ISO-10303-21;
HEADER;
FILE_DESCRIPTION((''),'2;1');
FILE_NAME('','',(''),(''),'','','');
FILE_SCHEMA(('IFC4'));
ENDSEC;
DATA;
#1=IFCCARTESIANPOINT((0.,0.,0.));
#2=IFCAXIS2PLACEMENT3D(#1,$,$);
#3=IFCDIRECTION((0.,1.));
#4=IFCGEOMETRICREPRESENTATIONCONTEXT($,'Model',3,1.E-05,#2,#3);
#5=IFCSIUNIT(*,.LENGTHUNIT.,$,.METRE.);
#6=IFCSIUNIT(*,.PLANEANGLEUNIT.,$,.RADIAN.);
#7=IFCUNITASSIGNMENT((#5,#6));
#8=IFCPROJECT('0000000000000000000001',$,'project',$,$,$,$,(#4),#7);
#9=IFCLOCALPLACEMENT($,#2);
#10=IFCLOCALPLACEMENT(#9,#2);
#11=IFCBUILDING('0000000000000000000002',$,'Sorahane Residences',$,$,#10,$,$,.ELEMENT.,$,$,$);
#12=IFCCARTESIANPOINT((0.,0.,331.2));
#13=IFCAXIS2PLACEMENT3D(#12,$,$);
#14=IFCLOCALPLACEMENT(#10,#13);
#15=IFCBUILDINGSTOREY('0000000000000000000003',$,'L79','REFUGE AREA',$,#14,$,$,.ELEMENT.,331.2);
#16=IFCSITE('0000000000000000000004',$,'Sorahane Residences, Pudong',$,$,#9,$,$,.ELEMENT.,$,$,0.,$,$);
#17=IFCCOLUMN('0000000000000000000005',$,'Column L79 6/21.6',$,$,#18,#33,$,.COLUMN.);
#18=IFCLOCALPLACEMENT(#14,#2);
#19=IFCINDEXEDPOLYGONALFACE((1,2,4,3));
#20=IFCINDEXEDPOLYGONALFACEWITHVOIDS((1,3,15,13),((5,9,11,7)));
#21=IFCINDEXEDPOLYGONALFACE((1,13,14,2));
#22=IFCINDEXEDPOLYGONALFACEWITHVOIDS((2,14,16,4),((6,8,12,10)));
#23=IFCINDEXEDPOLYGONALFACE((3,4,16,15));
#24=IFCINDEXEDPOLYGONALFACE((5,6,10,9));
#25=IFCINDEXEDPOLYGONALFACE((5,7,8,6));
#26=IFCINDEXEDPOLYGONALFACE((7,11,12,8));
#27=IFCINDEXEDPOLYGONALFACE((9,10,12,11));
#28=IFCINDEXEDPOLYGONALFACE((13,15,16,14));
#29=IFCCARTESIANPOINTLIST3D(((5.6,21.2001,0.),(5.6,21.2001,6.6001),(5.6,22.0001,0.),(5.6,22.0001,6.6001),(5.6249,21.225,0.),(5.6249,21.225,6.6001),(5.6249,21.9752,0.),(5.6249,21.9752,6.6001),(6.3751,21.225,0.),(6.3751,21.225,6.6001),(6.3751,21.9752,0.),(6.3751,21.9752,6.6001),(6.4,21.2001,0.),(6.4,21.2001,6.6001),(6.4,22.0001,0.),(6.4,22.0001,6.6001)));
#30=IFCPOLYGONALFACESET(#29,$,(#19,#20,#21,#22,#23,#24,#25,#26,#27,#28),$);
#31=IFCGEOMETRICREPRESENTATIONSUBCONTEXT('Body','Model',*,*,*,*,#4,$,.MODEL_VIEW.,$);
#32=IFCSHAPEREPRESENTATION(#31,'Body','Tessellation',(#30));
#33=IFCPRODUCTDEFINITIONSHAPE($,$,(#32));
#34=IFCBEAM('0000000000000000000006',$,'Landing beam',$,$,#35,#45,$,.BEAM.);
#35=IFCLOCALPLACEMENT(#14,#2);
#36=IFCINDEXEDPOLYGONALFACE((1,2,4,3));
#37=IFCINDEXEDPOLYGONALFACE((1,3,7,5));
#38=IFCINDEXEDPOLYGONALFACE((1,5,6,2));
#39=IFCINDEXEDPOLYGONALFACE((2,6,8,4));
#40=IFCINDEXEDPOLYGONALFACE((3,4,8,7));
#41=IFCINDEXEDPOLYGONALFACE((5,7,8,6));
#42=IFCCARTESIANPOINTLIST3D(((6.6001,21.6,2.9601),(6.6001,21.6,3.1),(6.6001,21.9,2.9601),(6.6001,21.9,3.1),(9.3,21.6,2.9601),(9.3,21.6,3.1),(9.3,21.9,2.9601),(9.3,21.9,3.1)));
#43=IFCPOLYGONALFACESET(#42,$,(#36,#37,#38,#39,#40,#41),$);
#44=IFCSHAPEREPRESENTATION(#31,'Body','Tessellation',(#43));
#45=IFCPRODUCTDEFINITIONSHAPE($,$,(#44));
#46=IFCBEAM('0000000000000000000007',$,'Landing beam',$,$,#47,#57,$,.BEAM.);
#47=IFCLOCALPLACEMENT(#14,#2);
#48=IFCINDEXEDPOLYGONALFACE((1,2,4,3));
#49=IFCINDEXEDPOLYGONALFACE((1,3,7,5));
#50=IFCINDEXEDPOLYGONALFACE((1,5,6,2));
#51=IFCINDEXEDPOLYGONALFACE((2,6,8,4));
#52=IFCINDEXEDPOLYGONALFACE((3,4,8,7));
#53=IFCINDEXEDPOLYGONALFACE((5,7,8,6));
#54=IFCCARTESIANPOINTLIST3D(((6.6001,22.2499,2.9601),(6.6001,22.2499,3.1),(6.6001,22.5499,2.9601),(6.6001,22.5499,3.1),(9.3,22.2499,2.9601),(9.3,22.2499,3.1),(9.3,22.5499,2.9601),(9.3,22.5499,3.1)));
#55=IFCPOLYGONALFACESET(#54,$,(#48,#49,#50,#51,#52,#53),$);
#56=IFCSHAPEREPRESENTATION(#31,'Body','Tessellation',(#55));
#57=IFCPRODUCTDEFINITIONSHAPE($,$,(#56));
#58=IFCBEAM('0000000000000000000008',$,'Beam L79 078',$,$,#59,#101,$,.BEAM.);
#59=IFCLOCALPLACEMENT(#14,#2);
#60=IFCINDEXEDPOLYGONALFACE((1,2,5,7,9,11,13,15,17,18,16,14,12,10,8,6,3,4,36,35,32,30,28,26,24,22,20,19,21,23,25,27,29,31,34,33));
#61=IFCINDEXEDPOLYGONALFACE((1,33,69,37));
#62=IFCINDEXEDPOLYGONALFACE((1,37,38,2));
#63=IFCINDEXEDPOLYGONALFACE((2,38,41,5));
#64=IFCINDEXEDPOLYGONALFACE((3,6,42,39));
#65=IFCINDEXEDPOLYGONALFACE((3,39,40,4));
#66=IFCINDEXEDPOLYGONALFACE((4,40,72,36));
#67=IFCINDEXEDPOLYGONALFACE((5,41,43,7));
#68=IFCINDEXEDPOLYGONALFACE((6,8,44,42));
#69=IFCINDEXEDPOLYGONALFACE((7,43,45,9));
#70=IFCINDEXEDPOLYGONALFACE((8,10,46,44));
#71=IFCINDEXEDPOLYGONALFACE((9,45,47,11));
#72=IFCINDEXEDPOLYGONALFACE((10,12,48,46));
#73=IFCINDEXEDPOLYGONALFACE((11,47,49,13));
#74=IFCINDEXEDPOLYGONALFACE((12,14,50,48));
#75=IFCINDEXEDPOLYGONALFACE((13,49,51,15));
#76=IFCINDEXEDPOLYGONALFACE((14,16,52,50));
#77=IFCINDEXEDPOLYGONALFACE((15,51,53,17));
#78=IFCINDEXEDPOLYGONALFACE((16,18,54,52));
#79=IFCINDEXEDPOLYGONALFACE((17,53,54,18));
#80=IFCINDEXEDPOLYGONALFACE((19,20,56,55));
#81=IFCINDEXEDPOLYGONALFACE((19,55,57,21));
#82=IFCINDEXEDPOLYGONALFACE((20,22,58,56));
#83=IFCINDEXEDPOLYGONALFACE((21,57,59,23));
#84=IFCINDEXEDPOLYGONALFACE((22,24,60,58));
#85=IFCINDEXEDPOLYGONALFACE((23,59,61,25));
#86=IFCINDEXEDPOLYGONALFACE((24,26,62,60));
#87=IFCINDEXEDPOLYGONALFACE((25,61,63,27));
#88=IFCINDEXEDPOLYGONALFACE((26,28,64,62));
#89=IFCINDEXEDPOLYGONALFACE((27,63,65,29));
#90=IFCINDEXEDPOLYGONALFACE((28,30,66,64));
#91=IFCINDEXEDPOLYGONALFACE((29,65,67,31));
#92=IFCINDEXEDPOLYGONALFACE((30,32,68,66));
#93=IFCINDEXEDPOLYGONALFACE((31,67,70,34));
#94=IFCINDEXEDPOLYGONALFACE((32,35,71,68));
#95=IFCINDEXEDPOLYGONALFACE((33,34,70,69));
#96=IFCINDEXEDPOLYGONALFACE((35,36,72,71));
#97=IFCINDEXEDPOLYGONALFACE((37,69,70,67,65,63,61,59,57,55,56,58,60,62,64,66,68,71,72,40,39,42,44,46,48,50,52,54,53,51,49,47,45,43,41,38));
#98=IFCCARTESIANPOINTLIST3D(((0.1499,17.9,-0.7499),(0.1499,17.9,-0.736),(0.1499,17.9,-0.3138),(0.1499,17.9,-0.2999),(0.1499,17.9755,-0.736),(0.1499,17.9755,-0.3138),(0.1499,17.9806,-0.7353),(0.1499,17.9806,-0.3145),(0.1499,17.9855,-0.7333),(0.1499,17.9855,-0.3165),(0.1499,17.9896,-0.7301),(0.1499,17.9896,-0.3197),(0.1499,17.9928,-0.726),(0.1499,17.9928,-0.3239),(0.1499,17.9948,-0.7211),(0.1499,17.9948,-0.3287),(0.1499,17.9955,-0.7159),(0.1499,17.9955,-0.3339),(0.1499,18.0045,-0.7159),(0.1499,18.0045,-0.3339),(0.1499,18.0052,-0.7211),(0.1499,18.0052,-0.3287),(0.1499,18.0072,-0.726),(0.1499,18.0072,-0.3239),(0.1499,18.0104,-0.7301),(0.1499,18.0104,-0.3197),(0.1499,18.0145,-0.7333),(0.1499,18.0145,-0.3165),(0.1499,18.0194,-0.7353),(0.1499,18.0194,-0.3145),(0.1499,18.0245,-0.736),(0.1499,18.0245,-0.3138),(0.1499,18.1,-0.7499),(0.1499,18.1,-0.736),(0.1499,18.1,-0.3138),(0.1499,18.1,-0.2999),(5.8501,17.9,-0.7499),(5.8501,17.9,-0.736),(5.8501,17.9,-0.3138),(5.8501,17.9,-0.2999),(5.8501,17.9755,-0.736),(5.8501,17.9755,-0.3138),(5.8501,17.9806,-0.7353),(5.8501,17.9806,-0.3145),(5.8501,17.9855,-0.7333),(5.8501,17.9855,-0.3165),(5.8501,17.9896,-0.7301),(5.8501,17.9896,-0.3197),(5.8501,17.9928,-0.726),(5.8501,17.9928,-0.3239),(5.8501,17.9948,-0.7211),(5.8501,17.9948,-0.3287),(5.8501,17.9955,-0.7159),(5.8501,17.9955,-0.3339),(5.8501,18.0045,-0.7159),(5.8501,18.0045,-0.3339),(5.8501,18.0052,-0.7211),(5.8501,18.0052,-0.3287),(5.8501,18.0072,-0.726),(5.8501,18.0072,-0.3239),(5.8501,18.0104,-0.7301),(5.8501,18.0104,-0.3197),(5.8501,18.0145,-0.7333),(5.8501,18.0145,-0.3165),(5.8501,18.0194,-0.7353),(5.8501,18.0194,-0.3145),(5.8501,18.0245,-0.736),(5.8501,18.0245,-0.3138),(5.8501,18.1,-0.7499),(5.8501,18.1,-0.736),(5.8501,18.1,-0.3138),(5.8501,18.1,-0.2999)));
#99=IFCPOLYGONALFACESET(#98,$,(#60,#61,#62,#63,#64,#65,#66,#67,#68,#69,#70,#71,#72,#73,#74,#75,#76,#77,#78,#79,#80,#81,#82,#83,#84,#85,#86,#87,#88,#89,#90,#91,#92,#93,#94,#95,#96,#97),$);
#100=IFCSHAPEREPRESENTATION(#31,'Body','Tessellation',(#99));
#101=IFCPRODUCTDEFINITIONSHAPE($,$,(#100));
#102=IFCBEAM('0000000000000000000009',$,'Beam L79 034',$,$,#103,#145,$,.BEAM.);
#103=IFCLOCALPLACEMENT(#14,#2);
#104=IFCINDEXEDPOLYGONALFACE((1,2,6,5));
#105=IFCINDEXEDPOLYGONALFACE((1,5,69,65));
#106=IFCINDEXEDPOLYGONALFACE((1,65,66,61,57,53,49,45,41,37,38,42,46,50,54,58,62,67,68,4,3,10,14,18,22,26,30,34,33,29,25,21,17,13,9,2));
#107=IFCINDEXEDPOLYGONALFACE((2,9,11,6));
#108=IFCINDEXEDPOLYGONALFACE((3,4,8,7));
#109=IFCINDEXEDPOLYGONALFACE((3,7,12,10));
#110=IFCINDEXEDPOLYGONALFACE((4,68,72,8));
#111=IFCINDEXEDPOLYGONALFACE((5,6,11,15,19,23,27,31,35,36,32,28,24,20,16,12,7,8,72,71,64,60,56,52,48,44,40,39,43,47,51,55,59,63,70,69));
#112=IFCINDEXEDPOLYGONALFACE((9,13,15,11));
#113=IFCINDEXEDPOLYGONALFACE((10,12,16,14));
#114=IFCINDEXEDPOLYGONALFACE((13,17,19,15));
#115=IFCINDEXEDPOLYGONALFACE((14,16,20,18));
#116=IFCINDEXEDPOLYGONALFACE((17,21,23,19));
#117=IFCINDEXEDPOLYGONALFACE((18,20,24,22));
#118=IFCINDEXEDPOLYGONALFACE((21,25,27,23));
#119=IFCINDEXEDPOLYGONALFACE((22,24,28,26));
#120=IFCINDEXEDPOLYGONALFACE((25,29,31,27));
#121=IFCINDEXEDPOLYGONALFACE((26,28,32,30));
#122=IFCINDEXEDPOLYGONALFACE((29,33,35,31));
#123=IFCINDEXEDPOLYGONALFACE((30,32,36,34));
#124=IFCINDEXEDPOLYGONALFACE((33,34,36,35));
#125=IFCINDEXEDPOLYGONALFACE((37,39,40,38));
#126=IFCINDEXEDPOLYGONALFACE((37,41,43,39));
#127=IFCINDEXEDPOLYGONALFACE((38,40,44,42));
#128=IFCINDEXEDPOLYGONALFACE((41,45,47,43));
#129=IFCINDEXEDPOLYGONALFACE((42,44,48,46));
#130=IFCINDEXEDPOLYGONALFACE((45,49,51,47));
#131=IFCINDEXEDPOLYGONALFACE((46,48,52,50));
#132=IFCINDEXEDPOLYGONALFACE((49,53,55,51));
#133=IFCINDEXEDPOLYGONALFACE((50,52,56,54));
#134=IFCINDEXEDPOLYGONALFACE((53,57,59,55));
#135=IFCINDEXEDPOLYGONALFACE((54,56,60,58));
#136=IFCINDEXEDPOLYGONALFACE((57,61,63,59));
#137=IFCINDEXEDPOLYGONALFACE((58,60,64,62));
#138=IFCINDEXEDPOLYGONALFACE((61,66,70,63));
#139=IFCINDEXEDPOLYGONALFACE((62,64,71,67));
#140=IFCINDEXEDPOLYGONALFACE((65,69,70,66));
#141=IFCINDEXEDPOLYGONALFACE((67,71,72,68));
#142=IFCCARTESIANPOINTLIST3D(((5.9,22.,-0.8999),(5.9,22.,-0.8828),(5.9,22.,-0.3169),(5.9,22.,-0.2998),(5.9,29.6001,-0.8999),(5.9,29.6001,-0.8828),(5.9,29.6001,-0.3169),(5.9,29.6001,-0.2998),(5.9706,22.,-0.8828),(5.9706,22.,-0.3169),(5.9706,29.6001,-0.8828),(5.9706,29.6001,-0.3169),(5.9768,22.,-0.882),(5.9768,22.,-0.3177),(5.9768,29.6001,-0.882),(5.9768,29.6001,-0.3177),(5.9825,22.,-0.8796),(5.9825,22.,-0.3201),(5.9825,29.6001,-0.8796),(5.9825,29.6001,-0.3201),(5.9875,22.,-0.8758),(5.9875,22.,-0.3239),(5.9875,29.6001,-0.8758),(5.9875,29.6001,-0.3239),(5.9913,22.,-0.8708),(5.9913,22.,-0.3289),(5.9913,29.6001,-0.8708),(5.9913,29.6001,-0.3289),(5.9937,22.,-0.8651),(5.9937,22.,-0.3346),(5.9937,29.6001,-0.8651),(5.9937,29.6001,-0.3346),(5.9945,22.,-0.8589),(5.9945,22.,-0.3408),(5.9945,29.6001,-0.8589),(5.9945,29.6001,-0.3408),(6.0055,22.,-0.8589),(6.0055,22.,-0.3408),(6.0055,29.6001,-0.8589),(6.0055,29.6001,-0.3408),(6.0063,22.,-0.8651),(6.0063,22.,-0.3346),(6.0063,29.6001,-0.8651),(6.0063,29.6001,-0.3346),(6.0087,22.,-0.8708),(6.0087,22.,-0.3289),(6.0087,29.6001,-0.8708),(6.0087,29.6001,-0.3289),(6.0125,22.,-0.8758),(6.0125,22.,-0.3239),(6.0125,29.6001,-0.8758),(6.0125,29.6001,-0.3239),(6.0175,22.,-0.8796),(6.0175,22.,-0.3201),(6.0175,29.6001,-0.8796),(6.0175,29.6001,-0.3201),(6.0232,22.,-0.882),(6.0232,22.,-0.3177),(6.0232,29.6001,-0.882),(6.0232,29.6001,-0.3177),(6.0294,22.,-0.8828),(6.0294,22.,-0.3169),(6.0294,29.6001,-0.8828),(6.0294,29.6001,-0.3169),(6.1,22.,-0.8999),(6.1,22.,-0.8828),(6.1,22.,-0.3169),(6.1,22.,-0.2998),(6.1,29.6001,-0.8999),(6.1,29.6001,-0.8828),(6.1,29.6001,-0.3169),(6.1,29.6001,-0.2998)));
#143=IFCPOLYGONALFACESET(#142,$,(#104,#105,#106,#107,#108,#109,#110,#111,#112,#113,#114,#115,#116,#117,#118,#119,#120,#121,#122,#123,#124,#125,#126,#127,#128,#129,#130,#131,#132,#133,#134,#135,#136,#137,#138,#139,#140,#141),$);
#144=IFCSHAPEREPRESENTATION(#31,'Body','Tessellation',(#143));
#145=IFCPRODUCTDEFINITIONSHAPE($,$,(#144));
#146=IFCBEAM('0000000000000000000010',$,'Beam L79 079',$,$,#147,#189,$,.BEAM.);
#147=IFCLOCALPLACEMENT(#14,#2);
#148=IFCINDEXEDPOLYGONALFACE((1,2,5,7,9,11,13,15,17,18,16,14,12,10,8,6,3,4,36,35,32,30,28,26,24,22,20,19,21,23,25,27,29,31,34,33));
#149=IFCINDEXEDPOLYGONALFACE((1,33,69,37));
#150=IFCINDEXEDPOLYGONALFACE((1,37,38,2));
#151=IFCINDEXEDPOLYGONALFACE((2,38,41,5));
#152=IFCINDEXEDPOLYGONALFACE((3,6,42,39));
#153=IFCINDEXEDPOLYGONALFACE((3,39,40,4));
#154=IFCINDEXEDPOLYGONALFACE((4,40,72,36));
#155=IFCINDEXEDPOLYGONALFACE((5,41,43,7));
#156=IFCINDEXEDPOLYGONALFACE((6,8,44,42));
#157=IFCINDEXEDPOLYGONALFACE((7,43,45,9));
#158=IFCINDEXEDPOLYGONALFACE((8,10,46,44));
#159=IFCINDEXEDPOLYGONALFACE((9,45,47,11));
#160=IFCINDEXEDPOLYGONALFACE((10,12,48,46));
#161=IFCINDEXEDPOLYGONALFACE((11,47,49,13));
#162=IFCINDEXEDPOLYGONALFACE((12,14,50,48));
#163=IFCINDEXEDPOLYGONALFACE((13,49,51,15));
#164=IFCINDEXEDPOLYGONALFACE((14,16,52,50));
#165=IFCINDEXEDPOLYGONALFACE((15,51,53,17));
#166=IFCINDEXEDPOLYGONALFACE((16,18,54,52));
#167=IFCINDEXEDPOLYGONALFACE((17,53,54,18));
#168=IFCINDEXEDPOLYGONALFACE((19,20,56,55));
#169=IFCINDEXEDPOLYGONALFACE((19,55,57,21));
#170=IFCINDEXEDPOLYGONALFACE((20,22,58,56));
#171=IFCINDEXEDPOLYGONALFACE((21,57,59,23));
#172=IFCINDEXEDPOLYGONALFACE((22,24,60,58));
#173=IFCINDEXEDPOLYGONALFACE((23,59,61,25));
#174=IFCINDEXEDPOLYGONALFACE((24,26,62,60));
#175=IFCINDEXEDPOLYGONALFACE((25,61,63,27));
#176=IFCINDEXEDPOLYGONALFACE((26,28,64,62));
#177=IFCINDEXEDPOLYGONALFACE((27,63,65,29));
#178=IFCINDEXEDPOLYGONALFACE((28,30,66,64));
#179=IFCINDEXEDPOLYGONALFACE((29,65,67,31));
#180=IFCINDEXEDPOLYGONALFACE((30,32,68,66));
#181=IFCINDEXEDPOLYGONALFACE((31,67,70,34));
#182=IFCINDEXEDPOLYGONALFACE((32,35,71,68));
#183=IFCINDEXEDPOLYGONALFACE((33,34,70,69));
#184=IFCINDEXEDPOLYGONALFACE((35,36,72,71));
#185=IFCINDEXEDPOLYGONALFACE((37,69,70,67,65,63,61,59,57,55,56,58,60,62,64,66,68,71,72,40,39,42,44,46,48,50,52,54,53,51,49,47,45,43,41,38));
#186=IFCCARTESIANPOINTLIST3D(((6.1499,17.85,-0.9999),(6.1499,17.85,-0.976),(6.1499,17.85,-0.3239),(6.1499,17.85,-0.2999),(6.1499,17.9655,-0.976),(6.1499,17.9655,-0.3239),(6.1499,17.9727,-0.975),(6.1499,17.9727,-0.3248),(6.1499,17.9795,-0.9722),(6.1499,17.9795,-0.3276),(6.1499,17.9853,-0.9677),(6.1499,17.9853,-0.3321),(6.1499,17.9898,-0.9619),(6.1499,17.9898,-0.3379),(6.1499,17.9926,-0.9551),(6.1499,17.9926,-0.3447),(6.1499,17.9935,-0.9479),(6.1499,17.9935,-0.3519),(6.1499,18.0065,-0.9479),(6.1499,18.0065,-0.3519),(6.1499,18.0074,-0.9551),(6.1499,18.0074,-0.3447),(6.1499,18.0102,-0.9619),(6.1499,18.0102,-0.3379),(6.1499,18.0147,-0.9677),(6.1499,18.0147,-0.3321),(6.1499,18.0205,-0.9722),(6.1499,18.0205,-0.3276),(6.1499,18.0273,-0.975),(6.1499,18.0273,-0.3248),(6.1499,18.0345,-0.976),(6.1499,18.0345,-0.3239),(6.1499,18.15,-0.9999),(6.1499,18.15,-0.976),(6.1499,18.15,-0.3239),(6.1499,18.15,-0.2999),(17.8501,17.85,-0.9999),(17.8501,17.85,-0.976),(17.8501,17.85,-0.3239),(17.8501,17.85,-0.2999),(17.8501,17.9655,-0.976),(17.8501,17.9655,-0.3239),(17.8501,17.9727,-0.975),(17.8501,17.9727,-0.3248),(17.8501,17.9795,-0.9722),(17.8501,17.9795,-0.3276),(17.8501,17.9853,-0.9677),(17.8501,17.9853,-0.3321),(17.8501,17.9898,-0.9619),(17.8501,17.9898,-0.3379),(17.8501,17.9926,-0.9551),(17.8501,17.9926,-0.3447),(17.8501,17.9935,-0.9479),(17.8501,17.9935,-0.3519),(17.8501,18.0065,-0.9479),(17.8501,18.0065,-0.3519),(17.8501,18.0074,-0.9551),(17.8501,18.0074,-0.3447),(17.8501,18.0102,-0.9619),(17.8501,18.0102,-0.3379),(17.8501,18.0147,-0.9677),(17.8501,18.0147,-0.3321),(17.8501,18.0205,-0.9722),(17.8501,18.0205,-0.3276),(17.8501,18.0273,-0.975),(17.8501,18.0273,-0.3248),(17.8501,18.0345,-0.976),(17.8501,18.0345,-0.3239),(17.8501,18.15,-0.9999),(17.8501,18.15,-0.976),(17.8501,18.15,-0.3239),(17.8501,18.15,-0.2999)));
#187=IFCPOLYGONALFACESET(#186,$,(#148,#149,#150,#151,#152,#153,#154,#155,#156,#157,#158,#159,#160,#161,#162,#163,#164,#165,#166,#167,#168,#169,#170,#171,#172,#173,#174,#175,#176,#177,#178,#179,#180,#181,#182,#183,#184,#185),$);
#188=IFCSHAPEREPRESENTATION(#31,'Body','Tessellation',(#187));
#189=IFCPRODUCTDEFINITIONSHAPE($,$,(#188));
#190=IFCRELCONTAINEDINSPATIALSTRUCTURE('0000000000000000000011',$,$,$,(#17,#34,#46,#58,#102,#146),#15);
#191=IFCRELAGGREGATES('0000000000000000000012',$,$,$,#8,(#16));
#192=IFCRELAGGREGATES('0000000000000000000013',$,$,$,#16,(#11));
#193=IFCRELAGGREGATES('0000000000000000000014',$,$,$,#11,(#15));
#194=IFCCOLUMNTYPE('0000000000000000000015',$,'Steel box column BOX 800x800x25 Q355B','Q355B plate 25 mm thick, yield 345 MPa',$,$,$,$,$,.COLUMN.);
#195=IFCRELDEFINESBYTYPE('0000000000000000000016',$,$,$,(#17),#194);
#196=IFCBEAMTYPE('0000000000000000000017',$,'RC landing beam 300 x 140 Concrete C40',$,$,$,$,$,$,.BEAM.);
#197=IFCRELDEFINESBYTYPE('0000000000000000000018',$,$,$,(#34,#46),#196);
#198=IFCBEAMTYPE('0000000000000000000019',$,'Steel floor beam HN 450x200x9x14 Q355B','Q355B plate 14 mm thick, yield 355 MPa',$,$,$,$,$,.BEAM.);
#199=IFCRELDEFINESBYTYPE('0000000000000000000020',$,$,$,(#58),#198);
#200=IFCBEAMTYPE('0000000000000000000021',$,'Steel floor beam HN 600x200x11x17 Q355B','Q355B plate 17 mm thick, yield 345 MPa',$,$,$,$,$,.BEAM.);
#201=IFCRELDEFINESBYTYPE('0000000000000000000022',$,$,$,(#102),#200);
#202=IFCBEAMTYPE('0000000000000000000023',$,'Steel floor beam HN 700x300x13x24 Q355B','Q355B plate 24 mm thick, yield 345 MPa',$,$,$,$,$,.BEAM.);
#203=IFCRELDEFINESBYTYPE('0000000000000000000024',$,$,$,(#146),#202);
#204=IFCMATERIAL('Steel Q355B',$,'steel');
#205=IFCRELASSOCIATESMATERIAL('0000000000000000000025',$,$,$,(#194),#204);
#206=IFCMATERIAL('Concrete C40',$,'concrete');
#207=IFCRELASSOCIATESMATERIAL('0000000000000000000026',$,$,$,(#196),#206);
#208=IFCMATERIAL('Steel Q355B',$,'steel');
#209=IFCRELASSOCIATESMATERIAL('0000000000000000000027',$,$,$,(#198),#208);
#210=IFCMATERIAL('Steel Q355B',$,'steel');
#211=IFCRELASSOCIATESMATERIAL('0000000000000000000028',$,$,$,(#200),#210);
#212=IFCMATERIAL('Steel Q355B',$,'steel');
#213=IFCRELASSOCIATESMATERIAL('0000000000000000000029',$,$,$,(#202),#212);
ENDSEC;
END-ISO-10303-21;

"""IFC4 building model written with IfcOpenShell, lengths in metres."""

from ifc_helpers import new_model, si_unit, direction, frame, origin, origin_2d, place, context, subcontext, project, spatial, rectangle, hollow_rectangle, i_section, extrude, material, material_profile, profile_set, type_object, element, save


model = new_model("IFC4")

# Units and contexts
model_context = context("Model", 3, precision=1e-05, world=origin(), true_north=direction((0.0, 1.0)))
body_context = subcontext(model_context, "Body", "Model", "MODEL_VIEW")
ifc_project = project(units=[si_unit("LENGTHUNIT", "METRE"), si_unit("PLANEANGLEUNIT", "RADIAN")], contexts=[model_context])

# Site, building, storey
site_placement = place(None, origin())
site = spatial("IfcSite", under=ifc_project, at=site_placement, Name="Sorahane Residences, Pudong", CompositionType="ELEMENT", RefElevation=0.0)
building_placement = place(site_placement, origin())
building = spatial("IfcBuilding", under=site, at=building_placement, Name="Sorahane Residences", CompositionType="ELEMENT")
storey_placement = place(building_placement, frame((0.0, 0.0, 331.2)))
storey = spatial("IfcBuildingStorey", under=building, at=storey_placement, Name="L79", Description="REFUGE AREA", CompositionType="ELEMENT", Elevation=331.2)

# Column
ifc_material_1 = material(Name="Steel Q355B", Category="steel")
ifc_material_profile_1 = material_profile(ifc_material_1, hollow_rectangle(XDim=0.8, YDim=0.8, WallThickness=0.0249, at=origin_2d()), Name="BOX 800x800x25")
ifc_profile_set_1 = profile_set([ifc_material_profile_1], Name="Steel Q355B")
column_type = type_object("IfcColumnType", Name="Steel box column BOX 800x800x25 Q355B", Description="Q355B plate 25 mm thick, yield 345 MPa", PredefinedType="COLUMN", material=ifc_profile_set_1)
column_placement = place(storey_placement, frame((6.0, 21.6001, 0.0), z_axis=(0.0, 0.0, 1.0), x_axis=(1.0, 0.0, 0.0)))
element("IfcColumn", 1, at=column_placement, inside=storey, type_object=column_type, Name="Column L79 6/21.6", PredefinedType="COLUMN", context=body_context, shape_type="SweptSolid", body=[
    extrude(hollow_rectangle(XDim=0.8, YDim=0.8, WallThickness=0.0249, at=origin_2d()), origin(), (0.0, 0.0, 1.0), 6.6001),
])

# Beams
ifc_material_2 = material(Name="Concrete C40", Category="concrete")
ifc_material_profile_2 = material_profile(ifc_material_2, rectangle(XDim=0.3, YDim=0.1399, at=origin_2d()), Name="300x140")
ifc_profile_set_2 = profile_set([ifc_material_profile_2], Name="Concrete C40")
beam_type_1 = type_object("IfcBeamType", Name="RC landing beam 300 x 140 Concrete C40", PredefinedType="BEAM", material=ifc_profile_set_2)
for number, where, z_axis, x_axis, name in (
    (2, (6.6001, 21.75, 3.03), (1.0, 0.0, 0.0), (0.0, 1.0, 0.0), "Landing beam"),
    (3, (6.6001, 22.3999, 3.03), (1.0, 0.0, 0.0), (0.0, 1.0, 0.0), "Landing beam"),
):
    element("IfcBeam", number, at=place(storey_placement, frame(where, z_axis=z_axis, x_axis=x_axis)), inside=storey, type_object=beam_type_1, Name=name, PredefinedType="BEAM", context=body_context, shape_type="SweptSolid", body=[
        extrude(rectangle(XDim=0.3, YDim=0.1399, at=origin_2d()), origin(), (0.0, 0.0, 1.0), 2.7),
    ])
ifc_material_3 = material(Name="Steel Q355B", Category="steel")
ifc_material_profile_3 = material_profile(ifc_material_3, i_section(OverallWidth=0.2, OverallDepth=0.45, WebThickness=0.009, FlangeThickness=0.0139, FilletRadius=0.02, at=origin_2d()), Name="HN 450x200x9x14")
ifc_profile_set_3 = profile_set([ifc_material_profile_3], Name="Steel Q355B")
beam_type_2 = type_object("IfcBeamType", Name="Steel floor beam HN 450x200x9x14 Q355B", Description="Q355B plate 14 mm thick, yield 355 MPa", PredefinedType="BEAM", material=ifc_profile_set_3)
beam_1_placement = place(storey_placement, frame((0.1499, 18.0, -0.5249), z_axis=(1.0, 0.0, 0.0), x_axis=(0.0, 1.0, 0.0)))
element("IfcBeam", 4, at=beam_1_placement, inside=storey, type_object=beam_type_2, Name="Beam L79 078", PredefinedType="BEAM", context=body_context, shape_type="SweptSolid", body=[
    extrude(i_section(OverallWidth=0.2, OverallDepth=0.45, WebThickness=0.009, FlangeThickness=0.0139, FilletRadius=0.02, at=origin_2d()), origin(), (0.0, 0.0, 1.0), 5.7002),
])
ifc_material_4 = material(Name="Steel Q355B", Category="steel")
ifc_material_profile_4 = material_profile(ifc_material_4, i_section(OverallWidth=0.2, OverallDepth=0.6001, WebThickness=0.011, FlangeThickness=0.0171, FilletRadius=0.0239, at=origin_2d()), Name="HN 600x200x11x17")
ifc_profile_set_4 = profile_set([ifc_material_profile_4], Name="Steel Q355B")
beam_type_3 = type_object("IfcBeamType", Name="Steel floor beam HN 600x200x11x17 Q355B", Description="Q355B plate 17 mm thick, yield 345 MPa", PredefinedType="BEAM", material=ifc_profile_set_4)
beam_2_placement = place(storey_placement, frame((6.0, 22.0, -0.5999), z_axis=(0.0, 1.0, 0.0), x_axis=(-1.0, 0.0, 0.0)))
element("IfcBeam", 5, at=beam_2_placement, inside=storey, type_object=beam_type_3, Name="Beam L79 034", PredefinedType="BEAM", context=body_context, shape_type="SweptSolid", body=[
    extrude(i_section(OverallWidth=0.2, OverallDepth=0.6001, WebThickness=0.011, FlangeThickness=0.0171, FilletRadius=0.0239, at=origin_2d()), origin(), (0.0, 0.0, 1.0), 7.6001),
])
ifc_material_5 = material(Name="Steel Q355B", Category="steel")
ifc_material_profile_5 = material_profile(ifc_material_5, i_section(OverallWidth=0.3, OverallDepth=0.7, WebThickness=0.0129, FlangeThickness=0.0239, FilletRadius=0.0281, at=origin_2d()), Name="HN 700x300x13x24")
ifc_profile_set_5 = profile_set([ifc_material_profile_5], Name="Steel Q355B")
beam_type_4 = type_object("IfcBeamType", Name="Steel floor beam HN 700x300x13x24 Q355B", Description="Q355B plate 24 mm thick, yield 345 MPa", PredefinedType="BEAM", material=ifc_profile_set_5)
beam_3_placement = place(storey_placement, frame((6.1499, 18.0, -0.6499), z_axis=(1.0, 0.0, 0.0), x_axis=(0.0, 1.0, 0.0)))
element("IfcBeam", 6, at=beam_3_placement, inside=storey, type_object=beam_type_4, Name="Beam L79 079", PredefinedType="BEAM", context=body_context, shape_type="SweptSolid", body=[
    extrude(i_section(OverallWidth=0.3, OverallDepth=0.7, WebThickness=0.0129, FlangeThickness=0.0239, FilletRadius=0.0281, at=origin_2d()), origin(), (0.0, 0.0, 1.0), 11.7002),
])

save(model, "model.ifc")
